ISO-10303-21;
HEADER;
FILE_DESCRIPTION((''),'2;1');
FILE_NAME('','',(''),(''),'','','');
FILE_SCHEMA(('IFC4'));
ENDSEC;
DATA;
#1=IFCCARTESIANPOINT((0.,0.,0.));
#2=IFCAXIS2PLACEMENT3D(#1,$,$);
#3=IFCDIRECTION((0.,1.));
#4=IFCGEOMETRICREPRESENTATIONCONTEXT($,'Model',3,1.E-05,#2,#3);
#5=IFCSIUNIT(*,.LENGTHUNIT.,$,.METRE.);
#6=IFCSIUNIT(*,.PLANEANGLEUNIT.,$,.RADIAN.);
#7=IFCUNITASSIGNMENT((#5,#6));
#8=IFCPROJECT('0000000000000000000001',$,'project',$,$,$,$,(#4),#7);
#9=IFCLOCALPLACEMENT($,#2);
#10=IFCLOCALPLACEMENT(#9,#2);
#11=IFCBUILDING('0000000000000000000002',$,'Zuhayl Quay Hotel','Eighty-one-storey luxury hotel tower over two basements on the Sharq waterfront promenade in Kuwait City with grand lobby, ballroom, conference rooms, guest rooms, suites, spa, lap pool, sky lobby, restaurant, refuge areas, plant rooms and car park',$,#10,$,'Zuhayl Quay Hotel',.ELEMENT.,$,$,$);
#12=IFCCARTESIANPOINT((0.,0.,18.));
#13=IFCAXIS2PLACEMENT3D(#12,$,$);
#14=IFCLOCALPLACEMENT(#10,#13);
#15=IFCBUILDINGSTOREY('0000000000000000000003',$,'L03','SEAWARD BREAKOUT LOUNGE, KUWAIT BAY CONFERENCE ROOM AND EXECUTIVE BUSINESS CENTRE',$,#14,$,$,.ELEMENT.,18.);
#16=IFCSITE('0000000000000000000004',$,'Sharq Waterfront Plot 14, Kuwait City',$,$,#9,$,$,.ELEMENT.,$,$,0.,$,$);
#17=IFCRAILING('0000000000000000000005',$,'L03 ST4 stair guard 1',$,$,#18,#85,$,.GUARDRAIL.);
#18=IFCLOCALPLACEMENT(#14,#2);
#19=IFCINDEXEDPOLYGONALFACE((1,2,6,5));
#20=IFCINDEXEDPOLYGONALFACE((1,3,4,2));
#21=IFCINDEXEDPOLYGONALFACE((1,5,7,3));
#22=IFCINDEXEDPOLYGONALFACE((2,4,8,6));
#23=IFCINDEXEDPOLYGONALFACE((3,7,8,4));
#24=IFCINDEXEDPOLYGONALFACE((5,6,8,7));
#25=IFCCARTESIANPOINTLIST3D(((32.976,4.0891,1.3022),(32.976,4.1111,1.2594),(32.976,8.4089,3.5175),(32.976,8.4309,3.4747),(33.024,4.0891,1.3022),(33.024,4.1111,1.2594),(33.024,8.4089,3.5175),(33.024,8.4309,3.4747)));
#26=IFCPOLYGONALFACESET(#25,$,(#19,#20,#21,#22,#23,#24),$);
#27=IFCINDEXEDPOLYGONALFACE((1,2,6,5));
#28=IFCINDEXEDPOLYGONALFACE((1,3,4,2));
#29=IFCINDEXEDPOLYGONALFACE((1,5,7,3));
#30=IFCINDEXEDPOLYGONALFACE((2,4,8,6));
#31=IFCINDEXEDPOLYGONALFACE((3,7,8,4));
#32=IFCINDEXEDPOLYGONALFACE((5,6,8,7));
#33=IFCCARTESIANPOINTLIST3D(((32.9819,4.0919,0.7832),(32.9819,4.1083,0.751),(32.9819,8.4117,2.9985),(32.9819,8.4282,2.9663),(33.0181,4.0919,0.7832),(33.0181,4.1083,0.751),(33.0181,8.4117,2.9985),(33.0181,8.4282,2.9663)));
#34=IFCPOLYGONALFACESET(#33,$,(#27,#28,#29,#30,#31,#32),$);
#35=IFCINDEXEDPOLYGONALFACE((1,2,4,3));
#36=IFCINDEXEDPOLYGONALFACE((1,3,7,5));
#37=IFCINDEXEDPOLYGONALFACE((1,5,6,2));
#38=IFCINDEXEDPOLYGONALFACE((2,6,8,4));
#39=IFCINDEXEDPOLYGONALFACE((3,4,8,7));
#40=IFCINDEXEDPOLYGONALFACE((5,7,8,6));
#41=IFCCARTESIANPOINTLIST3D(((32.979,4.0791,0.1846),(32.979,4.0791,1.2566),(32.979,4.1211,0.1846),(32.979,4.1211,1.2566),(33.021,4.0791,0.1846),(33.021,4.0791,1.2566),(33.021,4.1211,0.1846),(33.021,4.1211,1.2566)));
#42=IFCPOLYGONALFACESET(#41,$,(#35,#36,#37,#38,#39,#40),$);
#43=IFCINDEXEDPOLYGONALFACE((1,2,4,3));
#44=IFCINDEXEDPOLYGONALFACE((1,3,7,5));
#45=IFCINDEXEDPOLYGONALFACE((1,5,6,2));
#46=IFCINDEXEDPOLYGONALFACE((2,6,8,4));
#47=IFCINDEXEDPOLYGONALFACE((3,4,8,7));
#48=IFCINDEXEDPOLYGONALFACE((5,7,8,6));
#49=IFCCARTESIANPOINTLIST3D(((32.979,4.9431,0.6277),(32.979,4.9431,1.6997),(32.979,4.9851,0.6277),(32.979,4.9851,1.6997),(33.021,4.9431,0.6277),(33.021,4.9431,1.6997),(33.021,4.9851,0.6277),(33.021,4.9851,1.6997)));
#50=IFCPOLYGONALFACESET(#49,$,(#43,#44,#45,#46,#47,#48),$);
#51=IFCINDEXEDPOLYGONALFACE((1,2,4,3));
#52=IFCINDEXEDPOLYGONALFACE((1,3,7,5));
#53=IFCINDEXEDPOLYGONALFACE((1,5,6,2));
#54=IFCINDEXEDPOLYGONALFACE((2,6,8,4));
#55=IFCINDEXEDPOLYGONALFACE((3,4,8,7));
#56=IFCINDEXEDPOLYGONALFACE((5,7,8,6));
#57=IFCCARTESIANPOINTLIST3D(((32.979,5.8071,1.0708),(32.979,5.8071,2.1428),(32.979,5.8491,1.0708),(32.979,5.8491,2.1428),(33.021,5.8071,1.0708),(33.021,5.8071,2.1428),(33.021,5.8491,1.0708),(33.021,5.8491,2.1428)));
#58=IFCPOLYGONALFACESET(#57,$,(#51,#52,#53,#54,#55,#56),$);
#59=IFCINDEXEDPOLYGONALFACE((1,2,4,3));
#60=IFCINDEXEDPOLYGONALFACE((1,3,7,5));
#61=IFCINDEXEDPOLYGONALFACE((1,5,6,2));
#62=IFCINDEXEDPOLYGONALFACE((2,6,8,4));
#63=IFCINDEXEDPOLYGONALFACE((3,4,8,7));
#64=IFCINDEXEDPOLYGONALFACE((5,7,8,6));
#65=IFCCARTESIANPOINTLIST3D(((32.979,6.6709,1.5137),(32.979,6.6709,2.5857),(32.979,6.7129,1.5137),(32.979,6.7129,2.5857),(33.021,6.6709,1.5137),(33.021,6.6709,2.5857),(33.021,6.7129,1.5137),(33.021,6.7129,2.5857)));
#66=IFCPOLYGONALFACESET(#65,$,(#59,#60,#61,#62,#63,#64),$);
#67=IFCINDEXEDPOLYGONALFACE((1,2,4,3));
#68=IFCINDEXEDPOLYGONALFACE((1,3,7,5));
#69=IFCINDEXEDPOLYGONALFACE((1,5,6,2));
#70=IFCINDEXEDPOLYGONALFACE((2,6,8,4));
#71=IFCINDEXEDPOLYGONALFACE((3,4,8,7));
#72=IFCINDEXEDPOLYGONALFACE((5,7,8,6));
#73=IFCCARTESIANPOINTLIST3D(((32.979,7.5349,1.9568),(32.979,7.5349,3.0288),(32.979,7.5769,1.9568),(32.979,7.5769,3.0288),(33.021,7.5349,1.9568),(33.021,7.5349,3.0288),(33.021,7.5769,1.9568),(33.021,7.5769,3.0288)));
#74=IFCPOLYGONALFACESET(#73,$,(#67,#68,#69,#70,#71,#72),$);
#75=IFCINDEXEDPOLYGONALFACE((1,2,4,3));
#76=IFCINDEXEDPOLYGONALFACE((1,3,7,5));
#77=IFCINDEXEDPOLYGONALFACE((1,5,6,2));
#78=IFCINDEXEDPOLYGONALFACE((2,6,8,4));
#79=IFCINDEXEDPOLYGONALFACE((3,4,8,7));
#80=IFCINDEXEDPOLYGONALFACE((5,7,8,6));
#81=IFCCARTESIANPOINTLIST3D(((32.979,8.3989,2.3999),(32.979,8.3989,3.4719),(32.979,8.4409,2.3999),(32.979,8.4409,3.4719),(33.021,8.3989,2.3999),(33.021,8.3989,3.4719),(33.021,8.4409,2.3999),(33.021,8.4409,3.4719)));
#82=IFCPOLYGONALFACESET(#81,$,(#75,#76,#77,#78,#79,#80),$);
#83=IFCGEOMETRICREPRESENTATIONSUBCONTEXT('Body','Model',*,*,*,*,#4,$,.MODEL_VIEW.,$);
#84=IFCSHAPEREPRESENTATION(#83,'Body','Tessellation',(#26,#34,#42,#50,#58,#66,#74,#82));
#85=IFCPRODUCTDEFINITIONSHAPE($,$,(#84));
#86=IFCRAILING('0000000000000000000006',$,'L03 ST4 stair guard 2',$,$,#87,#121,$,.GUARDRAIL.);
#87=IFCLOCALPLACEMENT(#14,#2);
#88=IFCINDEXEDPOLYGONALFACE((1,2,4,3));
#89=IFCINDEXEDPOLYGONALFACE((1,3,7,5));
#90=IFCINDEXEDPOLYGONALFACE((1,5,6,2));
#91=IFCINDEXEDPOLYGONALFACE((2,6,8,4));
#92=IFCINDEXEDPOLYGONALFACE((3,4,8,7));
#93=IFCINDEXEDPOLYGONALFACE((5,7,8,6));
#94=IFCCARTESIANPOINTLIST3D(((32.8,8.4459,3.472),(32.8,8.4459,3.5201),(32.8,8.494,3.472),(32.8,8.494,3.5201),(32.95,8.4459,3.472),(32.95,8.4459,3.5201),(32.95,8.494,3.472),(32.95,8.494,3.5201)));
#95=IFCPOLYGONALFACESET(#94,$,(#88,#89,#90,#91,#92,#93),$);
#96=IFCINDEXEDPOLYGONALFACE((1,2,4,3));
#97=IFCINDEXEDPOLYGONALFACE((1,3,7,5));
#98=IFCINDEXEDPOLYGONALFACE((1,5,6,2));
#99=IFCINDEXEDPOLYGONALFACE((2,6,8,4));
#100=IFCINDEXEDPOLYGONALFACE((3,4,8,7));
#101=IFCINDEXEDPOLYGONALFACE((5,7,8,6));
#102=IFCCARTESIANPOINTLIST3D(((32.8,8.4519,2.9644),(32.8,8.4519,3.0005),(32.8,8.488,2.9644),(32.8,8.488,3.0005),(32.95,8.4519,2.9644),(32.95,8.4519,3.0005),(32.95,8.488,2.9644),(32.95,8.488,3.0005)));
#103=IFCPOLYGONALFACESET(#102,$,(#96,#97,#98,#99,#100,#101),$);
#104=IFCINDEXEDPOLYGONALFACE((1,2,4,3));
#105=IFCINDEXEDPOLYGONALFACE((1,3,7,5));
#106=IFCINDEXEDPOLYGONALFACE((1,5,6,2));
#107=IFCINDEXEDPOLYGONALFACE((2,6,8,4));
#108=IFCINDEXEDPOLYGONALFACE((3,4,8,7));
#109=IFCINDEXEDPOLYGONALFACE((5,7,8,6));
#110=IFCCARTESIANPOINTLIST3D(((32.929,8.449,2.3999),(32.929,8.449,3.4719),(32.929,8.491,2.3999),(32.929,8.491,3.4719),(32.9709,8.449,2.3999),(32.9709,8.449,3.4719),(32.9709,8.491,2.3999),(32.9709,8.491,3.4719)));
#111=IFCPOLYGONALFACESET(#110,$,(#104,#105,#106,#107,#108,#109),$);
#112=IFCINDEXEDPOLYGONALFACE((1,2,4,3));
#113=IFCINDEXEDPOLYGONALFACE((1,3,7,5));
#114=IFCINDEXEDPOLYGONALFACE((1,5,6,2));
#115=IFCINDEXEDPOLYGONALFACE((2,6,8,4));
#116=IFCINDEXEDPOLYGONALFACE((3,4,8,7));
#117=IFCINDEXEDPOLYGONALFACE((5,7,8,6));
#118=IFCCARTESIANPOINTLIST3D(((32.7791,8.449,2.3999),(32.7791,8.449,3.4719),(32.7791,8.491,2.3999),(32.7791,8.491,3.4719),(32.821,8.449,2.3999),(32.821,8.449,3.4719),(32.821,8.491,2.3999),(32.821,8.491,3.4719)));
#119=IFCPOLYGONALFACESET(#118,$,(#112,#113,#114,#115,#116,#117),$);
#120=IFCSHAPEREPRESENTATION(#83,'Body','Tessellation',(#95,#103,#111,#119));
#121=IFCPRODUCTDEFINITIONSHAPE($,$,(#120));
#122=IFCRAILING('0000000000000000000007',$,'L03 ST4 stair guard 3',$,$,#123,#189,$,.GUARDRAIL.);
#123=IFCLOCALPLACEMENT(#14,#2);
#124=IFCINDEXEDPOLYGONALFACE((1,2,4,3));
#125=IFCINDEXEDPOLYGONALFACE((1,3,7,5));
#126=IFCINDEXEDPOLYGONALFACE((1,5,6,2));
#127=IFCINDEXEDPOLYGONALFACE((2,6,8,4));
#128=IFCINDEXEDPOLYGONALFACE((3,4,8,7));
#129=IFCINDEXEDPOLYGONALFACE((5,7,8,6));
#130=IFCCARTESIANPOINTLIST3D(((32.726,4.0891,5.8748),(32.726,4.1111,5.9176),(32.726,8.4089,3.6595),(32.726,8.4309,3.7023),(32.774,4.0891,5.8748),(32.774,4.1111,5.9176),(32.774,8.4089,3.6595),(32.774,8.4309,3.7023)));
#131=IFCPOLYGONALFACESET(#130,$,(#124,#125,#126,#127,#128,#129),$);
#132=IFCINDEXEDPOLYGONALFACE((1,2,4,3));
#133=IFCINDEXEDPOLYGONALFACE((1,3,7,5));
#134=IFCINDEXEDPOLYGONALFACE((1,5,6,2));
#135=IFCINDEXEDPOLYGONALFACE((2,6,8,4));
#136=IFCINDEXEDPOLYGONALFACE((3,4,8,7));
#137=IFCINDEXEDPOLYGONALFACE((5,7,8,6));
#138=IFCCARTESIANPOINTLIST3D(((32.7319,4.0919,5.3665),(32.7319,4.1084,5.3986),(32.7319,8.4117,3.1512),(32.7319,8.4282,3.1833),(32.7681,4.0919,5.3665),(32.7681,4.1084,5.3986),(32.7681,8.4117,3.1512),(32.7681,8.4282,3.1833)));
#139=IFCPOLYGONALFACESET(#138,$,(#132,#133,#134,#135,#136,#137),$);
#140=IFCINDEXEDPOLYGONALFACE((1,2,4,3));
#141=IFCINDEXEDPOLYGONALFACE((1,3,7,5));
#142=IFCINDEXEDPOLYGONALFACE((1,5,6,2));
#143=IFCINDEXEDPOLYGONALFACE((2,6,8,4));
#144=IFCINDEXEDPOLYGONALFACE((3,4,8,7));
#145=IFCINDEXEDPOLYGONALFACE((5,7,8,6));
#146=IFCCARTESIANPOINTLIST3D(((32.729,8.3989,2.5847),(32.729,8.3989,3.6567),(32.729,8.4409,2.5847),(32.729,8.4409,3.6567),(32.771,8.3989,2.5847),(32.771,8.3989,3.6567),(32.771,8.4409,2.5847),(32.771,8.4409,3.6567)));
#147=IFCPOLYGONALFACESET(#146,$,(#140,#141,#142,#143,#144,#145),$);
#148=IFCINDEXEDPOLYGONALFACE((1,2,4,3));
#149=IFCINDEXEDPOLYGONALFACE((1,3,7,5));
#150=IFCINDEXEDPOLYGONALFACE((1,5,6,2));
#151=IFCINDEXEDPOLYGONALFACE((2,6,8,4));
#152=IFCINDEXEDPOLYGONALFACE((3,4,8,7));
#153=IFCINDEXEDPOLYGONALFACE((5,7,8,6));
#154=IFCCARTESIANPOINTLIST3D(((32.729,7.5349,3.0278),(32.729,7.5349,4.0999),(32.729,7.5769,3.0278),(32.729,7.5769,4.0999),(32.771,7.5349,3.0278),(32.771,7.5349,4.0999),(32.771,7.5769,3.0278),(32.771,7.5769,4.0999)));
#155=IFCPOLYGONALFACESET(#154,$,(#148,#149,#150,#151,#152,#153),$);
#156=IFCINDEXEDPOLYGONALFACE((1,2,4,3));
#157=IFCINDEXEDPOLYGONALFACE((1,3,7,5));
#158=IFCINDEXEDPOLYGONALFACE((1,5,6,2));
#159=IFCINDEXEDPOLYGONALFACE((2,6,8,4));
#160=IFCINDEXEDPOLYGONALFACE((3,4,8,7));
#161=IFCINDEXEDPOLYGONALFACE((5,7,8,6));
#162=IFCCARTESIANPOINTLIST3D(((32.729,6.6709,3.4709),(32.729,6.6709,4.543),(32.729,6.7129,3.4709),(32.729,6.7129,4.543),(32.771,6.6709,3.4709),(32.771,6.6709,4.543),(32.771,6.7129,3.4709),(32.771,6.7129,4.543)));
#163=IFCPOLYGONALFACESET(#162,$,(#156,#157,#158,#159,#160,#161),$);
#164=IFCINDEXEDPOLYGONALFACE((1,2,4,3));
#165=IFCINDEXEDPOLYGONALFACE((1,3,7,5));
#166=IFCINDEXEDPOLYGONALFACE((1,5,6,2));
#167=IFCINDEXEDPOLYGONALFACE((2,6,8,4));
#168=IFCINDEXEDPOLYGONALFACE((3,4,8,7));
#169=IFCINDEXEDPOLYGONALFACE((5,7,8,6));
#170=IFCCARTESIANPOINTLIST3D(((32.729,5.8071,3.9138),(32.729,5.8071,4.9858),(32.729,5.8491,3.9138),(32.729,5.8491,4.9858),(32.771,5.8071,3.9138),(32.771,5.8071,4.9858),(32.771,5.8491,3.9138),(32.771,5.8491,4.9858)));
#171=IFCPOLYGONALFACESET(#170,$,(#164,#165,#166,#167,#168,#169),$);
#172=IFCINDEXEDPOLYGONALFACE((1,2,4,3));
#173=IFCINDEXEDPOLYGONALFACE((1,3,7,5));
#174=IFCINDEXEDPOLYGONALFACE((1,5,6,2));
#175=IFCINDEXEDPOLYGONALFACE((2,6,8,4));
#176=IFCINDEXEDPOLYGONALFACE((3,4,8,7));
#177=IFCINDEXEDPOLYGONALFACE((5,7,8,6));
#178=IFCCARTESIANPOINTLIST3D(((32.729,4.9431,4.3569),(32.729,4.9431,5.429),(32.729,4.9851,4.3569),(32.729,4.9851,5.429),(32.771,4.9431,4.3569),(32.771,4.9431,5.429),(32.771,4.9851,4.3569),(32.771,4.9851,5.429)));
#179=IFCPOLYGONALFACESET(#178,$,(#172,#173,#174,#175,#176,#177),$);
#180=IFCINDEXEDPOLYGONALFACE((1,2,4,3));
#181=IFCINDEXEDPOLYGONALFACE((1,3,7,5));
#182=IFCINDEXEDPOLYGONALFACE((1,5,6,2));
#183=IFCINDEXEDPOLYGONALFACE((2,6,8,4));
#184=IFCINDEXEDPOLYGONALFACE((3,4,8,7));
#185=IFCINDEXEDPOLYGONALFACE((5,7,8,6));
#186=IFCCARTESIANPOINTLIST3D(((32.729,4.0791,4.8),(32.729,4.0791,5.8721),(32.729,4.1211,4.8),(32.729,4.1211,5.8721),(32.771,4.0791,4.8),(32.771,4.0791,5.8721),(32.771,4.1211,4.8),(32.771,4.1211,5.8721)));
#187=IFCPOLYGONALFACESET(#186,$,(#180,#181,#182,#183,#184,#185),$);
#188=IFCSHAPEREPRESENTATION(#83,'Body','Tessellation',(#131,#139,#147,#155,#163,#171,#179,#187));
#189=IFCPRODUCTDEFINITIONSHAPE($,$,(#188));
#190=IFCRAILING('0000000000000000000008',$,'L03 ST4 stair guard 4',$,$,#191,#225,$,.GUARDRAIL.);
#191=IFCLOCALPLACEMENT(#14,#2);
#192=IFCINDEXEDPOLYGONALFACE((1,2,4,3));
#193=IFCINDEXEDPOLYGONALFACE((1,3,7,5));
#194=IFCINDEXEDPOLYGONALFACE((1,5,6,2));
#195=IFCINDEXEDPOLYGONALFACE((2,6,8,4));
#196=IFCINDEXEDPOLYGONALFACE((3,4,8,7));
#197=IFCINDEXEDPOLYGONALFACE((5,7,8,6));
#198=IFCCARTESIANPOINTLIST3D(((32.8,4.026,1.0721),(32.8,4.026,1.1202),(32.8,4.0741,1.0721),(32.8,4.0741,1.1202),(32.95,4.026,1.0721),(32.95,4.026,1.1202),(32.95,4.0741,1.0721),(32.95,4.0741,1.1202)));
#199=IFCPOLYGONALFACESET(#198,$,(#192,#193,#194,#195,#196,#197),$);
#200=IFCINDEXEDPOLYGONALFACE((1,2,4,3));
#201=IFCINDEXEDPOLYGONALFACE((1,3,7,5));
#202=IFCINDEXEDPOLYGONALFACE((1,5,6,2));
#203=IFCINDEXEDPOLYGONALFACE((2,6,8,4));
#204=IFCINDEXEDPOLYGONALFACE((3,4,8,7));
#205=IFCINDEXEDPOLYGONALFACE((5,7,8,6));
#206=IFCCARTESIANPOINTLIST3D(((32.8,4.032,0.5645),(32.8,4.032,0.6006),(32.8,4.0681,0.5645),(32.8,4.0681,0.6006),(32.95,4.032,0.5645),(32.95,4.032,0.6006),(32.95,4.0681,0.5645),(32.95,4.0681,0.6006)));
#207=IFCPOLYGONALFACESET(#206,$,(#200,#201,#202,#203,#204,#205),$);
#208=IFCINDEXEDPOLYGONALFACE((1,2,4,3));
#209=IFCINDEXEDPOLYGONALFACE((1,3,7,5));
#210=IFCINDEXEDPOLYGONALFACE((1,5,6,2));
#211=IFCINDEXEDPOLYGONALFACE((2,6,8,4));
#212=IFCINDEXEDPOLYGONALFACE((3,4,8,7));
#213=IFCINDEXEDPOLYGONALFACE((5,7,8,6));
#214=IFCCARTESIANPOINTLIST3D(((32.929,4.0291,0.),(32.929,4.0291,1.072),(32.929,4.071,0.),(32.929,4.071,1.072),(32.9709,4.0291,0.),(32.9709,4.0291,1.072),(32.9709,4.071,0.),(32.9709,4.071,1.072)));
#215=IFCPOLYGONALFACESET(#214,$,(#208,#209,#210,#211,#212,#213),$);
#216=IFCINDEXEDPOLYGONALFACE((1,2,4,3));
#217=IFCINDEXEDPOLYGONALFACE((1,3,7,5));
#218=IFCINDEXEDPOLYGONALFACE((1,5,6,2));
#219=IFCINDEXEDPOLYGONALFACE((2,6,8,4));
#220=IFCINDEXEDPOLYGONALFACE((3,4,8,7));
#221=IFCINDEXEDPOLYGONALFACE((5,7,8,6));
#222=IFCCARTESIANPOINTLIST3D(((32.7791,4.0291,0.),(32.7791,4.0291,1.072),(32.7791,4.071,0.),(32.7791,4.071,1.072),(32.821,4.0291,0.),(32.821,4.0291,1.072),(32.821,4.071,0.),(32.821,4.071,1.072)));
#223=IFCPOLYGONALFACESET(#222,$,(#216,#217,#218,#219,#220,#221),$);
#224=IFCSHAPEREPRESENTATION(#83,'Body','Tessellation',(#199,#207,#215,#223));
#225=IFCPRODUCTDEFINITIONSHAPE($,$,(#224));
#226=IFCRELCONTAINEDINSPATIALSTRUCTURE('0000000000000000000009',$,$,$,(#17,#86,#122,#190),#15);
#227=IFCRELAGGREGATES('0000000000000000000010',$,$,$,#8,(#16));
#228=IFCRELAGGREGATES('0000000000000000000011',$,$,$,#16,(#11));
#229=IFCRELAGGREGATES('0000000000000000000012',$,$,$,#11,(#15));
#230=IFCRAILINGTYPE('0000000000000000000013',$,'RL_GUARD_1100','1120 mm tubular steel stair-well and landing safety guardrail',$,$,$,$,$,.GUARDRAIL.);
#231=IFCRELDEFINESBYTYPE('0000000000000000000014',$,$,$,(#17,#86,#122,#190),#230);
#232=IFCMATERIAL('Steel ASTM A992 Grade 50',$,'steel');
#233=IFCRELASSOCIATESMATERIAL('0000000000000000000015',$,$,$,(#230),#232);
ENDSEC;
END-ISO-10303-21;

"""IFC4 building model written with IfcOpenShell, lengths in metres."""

from ifc_helpers import new_model, si_unit, direction, frame, origin, origin_2d, place, context, subcontext, project, spatial, rectangle, extrude, material, type_object, element, save


model = new_model("IFC4")

# Units and contexts
model_context = context("Model", 3, precision=1e-05, world=origin(), true_north=direction((0.0, 1.0)))
body_context = subcontext(model_context, "Body", "Model", "MODEL_VIEW")
ifc_project = project(units=[si_unit("LENGTHUNIT", "METRE"), si_unit("PLANEANGLEUNIT", "RADIAN")], contexts=[model_context])

# Site, building, storey
site_placement = place(None, origin())
site = spatial("IfcSite", under=ifc_project, at=site_placement, Name="Sharq Waterfront Plot 14, Kuwait City", CompositionType="ELEMENT", RefElevation=0.0)
building_placement = place(site_placement, origin())
building = spatial("IfcBuilding", under=site, at=building_placement, Name="Zuhayl Quay Hotel", Description="Eighty-one-storey luxury hotel tower over two basements on the Sharq waterfront promenade in Kuwait City with grand lobby, ballroom, conference rooms, guest rooms, suites, spa, lap pool, sky lobby, restaurant, refuge areas, plant rooms and car park", LongName="Zuhayl Quay Hotel", CompositionType="ELEMENT")
storey_placement = place(building_placement, frame((0.0, 0.0, 18.0)))
storey = spatial("IfcBuildingStorey", under=building, at=storey_placement, Name="L03", Description="SEAWARD BREAKOUT LOUNGE, KUWAIT BAY CONFERENCE ROOM AND EXECUTIVE BUSINESS CENTRE", CompositionType="ELEMENT", Elevation=18.0)

# Railings
ifc_material_1 = material(Name="Steel ASTM A992 Grade 50", Category="steel")
railing_type_1 = type_object("IfcRailingType", Name="RL_GUARD_1100", Description="1120 mm tubular steel stair-well and landing safety guardrail", PredefinedType="GUARDRAIL", material=ifc_material_1)
railing_1_placement = place(storey_placement, frame((33.0, 4.1001, 0.1846)))
element("IfcRailing", 1, at=railing_1_placement, inside=storey, type_object=railing_type_1, Name="L03 ST4 stair guard 1", PredefinedType="GUARDRAIL", context=body_context, shape_type="SweptSolid", body=[
    extrude(rectangle(XDim=0.0481, YDim=0.0481, at=origin_2d()), frame((0.0, 0.0, 1.0962), z_axis=(0.0, 0.889814, 0.456323), x_axis=(-1.0, 0.0, 0.0)), (0.0, 0.0, 1.0), 4.8547),
    extrude(rectangle(XDim=0.0361, YDim=0.0361, at=origin_2d()), frame((0.0, 0.0, 0.5825), z_axis=(0.0, 0.889814, 0.456323), x_axis=(-1.0, 0.0, 0.0)), (0.0, 0.0, 1.0), 4.8547),
    extrude(rectangle(XDim=0.042, YDim=0.042, at=origin_2d()), origin(), (0.0, 0.0, 1.0), 1.072),
    extrude(rectangle(XDim=0.042, YDim=0.042, at=origin_2d()), frame((0.0, 0.864, 0.4431)), (0.0, 0.0, 1.0), 1.072),
    extrude(rectangle(XDim=0.042, YDim=0.042, at=origin_2d()), frame((0.0, 1.728, 0.8862)), (0.0, 0.0, 1.0), 1.072),
    extrude(rectangle(XDim=0.042, YDim=0.042, at=origin_2d()), frame((0.0, 2.5918, 1.3291)), (0.0, 0.0, 1.0), 1.072),
    extrude(rectangle(XDim=0.042, YDim=0.042, at=origin_2d()), frame((0.0, 3.4558, 1.7722)), (0.0, 0.0, 1.0), 1.072),
    extrude(rectangle(XDim=0.042, YDim=0.042, at=origin_2d()), frame((0.0, 4.3198, 2.2153)), (0.0, 0.0, 1.0), 1.072),
])
railing_2_placement = place(storey_placement, frame((32.95, 8.47, 2.3999)))
element("IfcRailing", 2, at=railing_2_placement, inside=storey, type_object=railing_type_1, Name="L03 ST4 stair guard 2", PredefinedType="GUARDRAIL", context=body_context, shape_type="SweptSolid", body=[
    extrude(rectangle(XDim=0.0481, YDim=0.0481, at=origin_2d()), frame((0.0, 0.0, 1.0962), z_axis=(-1.0, 0.0, 0.0), x_axis=(0.0, -1.0, 0.0)), (0.0, 0.0, 1.0), 0.1499),
    extrude(rectangle(XDim=0.0361, YDim=0.0361, at=origin_2d()), frame((0.0, 0.0, 0.5825), z_axis=(-1.0, 0.0, 0.0), x_axis=(0.0, -1.0, 0.0)), (0.0, 0.0, 1.0), 0.1499),
    extrude(rectangle(XDim=0.042, YDim=0.042, at=origin_2d()), origin(), (0.0, 0.0, 1.0), 1.072),
    extrude(rectangle(XDim=0.042, YDim=0.042, at=origin_2d()), frame((-0.1499, 0.0, 0.0)), (0.0, 0.0, 1.0), 1.072),
])
railing_3_placement = place(storey_placement, frame((32.75, 8.4199, 2.5847)))
element("IfcRailing", 3, at=railing_3_placement, inside=storey, type_object=railing_type_1, Name="L03 ST4 stair guard 3", PredefinedType="GUARDRAIL", context=body_context, shape_type="SweptSolid", body=[
    extrude(rectangle(XDim=0.0481, YDim=0.0481, at=origin_2d()), frame((0.0, 0.0, 1.0962), z_axis=(0.0, -0.889814, 0.456323), x_axis=(1.0, 0.0, 0.0)), (0.0, 0.0, 1.0), 4.8547),
    extrude(rectangle(XDim=0.0361, YDim=0.0361, at=origin_2d()), frame((0.0, 0.0, 0.5825), z_axis=(0.0, -0.889814, 0.456323), x_axis=(1.0, 0.0, 0.0)), (0.0, 0.0, 1.0), 4.8547),
    extrude(rectangle(XDim=0.042, YDim=0.042, at=origin_2d()), origin(), (0.0, 0.0, 1.0), 1.072),
    extrude(rectangle(XDim=0.042, YDim=0.042, at=origin_2d()), frame((0.0, -0.864, 0.4431)), (0.0, 0.0, 1.0), 1.072),
    extrude(rectangle(XDim=0.042, YDim=0.042, at=origin_2d()), frame((0.0, -1.728, 0.8862)), (0.0, 0.0, 1.0), 1.072),
    extrude(rectangle(XDim=0.042, YDim=0.042, at=origin_2d()), frame((0.0, -2.5918, 1.3291)), (0.0, 0.0, 1.0), 1.072),
    extrude(rectangle(XDim=0.042, YDim=0.042, at=origin_2d()), frame((0.0, -3.4558, 1.7722)), (0.0, 0.0, 1.0), 1.072),
    extrude(rectangle(XDim=0.042, YDim=0.042, at=origin_2d()), frame((0.0, -4.3198, 2.2153)), (0.0, 0.0, 1.0), 1.072),
])
railing_4_placement = place(storey_placement, frame((32.95, 4.05, 0.0)))
element("IfcRailing", 4, at=railing_4_placement, inside=storey, type_object=railing_type_1, Name="L03 ST4 stair guard 4", PredefinedType="GUARDRAIL", context=body_context, shape_type="SweptSolid", body=[
    extrude(rectangle(XDim=0.0481, YDim=0.0481, at=origin_2d()), frame((0.0, 0.0, 1.0962), z_axis=(-1.0, 0.0, 0.0), x_axis=(0.0, -1.0, 0.0)), (0.0, 0.0, 1.0), 0.1499),
    extrude(rectangle(XDim=0.0361, YDim=0.0361, at=origin_2d()), frame((0.0, 0.0, 0.5825), z_axis=(-1.0, 0.0, 0.0), x_axis=(0.0, -1.0, 0.0)), (0.0, 0.0, 1.0), 0.1499),
    extrude(rectangle(XDim=0.042, YDim=0.042, at=origin_2d()), origin(), (0.0, 0.0, 1.0), 1.072),
    extrude(rectangle(XDim=0.042, YDim=0.042, at=origin_2d()), frame((-0.1499, 0.0, 0.0)), (0.0, 0.0, 1.0), 1.072),
])

save(model, "model.ifc")
